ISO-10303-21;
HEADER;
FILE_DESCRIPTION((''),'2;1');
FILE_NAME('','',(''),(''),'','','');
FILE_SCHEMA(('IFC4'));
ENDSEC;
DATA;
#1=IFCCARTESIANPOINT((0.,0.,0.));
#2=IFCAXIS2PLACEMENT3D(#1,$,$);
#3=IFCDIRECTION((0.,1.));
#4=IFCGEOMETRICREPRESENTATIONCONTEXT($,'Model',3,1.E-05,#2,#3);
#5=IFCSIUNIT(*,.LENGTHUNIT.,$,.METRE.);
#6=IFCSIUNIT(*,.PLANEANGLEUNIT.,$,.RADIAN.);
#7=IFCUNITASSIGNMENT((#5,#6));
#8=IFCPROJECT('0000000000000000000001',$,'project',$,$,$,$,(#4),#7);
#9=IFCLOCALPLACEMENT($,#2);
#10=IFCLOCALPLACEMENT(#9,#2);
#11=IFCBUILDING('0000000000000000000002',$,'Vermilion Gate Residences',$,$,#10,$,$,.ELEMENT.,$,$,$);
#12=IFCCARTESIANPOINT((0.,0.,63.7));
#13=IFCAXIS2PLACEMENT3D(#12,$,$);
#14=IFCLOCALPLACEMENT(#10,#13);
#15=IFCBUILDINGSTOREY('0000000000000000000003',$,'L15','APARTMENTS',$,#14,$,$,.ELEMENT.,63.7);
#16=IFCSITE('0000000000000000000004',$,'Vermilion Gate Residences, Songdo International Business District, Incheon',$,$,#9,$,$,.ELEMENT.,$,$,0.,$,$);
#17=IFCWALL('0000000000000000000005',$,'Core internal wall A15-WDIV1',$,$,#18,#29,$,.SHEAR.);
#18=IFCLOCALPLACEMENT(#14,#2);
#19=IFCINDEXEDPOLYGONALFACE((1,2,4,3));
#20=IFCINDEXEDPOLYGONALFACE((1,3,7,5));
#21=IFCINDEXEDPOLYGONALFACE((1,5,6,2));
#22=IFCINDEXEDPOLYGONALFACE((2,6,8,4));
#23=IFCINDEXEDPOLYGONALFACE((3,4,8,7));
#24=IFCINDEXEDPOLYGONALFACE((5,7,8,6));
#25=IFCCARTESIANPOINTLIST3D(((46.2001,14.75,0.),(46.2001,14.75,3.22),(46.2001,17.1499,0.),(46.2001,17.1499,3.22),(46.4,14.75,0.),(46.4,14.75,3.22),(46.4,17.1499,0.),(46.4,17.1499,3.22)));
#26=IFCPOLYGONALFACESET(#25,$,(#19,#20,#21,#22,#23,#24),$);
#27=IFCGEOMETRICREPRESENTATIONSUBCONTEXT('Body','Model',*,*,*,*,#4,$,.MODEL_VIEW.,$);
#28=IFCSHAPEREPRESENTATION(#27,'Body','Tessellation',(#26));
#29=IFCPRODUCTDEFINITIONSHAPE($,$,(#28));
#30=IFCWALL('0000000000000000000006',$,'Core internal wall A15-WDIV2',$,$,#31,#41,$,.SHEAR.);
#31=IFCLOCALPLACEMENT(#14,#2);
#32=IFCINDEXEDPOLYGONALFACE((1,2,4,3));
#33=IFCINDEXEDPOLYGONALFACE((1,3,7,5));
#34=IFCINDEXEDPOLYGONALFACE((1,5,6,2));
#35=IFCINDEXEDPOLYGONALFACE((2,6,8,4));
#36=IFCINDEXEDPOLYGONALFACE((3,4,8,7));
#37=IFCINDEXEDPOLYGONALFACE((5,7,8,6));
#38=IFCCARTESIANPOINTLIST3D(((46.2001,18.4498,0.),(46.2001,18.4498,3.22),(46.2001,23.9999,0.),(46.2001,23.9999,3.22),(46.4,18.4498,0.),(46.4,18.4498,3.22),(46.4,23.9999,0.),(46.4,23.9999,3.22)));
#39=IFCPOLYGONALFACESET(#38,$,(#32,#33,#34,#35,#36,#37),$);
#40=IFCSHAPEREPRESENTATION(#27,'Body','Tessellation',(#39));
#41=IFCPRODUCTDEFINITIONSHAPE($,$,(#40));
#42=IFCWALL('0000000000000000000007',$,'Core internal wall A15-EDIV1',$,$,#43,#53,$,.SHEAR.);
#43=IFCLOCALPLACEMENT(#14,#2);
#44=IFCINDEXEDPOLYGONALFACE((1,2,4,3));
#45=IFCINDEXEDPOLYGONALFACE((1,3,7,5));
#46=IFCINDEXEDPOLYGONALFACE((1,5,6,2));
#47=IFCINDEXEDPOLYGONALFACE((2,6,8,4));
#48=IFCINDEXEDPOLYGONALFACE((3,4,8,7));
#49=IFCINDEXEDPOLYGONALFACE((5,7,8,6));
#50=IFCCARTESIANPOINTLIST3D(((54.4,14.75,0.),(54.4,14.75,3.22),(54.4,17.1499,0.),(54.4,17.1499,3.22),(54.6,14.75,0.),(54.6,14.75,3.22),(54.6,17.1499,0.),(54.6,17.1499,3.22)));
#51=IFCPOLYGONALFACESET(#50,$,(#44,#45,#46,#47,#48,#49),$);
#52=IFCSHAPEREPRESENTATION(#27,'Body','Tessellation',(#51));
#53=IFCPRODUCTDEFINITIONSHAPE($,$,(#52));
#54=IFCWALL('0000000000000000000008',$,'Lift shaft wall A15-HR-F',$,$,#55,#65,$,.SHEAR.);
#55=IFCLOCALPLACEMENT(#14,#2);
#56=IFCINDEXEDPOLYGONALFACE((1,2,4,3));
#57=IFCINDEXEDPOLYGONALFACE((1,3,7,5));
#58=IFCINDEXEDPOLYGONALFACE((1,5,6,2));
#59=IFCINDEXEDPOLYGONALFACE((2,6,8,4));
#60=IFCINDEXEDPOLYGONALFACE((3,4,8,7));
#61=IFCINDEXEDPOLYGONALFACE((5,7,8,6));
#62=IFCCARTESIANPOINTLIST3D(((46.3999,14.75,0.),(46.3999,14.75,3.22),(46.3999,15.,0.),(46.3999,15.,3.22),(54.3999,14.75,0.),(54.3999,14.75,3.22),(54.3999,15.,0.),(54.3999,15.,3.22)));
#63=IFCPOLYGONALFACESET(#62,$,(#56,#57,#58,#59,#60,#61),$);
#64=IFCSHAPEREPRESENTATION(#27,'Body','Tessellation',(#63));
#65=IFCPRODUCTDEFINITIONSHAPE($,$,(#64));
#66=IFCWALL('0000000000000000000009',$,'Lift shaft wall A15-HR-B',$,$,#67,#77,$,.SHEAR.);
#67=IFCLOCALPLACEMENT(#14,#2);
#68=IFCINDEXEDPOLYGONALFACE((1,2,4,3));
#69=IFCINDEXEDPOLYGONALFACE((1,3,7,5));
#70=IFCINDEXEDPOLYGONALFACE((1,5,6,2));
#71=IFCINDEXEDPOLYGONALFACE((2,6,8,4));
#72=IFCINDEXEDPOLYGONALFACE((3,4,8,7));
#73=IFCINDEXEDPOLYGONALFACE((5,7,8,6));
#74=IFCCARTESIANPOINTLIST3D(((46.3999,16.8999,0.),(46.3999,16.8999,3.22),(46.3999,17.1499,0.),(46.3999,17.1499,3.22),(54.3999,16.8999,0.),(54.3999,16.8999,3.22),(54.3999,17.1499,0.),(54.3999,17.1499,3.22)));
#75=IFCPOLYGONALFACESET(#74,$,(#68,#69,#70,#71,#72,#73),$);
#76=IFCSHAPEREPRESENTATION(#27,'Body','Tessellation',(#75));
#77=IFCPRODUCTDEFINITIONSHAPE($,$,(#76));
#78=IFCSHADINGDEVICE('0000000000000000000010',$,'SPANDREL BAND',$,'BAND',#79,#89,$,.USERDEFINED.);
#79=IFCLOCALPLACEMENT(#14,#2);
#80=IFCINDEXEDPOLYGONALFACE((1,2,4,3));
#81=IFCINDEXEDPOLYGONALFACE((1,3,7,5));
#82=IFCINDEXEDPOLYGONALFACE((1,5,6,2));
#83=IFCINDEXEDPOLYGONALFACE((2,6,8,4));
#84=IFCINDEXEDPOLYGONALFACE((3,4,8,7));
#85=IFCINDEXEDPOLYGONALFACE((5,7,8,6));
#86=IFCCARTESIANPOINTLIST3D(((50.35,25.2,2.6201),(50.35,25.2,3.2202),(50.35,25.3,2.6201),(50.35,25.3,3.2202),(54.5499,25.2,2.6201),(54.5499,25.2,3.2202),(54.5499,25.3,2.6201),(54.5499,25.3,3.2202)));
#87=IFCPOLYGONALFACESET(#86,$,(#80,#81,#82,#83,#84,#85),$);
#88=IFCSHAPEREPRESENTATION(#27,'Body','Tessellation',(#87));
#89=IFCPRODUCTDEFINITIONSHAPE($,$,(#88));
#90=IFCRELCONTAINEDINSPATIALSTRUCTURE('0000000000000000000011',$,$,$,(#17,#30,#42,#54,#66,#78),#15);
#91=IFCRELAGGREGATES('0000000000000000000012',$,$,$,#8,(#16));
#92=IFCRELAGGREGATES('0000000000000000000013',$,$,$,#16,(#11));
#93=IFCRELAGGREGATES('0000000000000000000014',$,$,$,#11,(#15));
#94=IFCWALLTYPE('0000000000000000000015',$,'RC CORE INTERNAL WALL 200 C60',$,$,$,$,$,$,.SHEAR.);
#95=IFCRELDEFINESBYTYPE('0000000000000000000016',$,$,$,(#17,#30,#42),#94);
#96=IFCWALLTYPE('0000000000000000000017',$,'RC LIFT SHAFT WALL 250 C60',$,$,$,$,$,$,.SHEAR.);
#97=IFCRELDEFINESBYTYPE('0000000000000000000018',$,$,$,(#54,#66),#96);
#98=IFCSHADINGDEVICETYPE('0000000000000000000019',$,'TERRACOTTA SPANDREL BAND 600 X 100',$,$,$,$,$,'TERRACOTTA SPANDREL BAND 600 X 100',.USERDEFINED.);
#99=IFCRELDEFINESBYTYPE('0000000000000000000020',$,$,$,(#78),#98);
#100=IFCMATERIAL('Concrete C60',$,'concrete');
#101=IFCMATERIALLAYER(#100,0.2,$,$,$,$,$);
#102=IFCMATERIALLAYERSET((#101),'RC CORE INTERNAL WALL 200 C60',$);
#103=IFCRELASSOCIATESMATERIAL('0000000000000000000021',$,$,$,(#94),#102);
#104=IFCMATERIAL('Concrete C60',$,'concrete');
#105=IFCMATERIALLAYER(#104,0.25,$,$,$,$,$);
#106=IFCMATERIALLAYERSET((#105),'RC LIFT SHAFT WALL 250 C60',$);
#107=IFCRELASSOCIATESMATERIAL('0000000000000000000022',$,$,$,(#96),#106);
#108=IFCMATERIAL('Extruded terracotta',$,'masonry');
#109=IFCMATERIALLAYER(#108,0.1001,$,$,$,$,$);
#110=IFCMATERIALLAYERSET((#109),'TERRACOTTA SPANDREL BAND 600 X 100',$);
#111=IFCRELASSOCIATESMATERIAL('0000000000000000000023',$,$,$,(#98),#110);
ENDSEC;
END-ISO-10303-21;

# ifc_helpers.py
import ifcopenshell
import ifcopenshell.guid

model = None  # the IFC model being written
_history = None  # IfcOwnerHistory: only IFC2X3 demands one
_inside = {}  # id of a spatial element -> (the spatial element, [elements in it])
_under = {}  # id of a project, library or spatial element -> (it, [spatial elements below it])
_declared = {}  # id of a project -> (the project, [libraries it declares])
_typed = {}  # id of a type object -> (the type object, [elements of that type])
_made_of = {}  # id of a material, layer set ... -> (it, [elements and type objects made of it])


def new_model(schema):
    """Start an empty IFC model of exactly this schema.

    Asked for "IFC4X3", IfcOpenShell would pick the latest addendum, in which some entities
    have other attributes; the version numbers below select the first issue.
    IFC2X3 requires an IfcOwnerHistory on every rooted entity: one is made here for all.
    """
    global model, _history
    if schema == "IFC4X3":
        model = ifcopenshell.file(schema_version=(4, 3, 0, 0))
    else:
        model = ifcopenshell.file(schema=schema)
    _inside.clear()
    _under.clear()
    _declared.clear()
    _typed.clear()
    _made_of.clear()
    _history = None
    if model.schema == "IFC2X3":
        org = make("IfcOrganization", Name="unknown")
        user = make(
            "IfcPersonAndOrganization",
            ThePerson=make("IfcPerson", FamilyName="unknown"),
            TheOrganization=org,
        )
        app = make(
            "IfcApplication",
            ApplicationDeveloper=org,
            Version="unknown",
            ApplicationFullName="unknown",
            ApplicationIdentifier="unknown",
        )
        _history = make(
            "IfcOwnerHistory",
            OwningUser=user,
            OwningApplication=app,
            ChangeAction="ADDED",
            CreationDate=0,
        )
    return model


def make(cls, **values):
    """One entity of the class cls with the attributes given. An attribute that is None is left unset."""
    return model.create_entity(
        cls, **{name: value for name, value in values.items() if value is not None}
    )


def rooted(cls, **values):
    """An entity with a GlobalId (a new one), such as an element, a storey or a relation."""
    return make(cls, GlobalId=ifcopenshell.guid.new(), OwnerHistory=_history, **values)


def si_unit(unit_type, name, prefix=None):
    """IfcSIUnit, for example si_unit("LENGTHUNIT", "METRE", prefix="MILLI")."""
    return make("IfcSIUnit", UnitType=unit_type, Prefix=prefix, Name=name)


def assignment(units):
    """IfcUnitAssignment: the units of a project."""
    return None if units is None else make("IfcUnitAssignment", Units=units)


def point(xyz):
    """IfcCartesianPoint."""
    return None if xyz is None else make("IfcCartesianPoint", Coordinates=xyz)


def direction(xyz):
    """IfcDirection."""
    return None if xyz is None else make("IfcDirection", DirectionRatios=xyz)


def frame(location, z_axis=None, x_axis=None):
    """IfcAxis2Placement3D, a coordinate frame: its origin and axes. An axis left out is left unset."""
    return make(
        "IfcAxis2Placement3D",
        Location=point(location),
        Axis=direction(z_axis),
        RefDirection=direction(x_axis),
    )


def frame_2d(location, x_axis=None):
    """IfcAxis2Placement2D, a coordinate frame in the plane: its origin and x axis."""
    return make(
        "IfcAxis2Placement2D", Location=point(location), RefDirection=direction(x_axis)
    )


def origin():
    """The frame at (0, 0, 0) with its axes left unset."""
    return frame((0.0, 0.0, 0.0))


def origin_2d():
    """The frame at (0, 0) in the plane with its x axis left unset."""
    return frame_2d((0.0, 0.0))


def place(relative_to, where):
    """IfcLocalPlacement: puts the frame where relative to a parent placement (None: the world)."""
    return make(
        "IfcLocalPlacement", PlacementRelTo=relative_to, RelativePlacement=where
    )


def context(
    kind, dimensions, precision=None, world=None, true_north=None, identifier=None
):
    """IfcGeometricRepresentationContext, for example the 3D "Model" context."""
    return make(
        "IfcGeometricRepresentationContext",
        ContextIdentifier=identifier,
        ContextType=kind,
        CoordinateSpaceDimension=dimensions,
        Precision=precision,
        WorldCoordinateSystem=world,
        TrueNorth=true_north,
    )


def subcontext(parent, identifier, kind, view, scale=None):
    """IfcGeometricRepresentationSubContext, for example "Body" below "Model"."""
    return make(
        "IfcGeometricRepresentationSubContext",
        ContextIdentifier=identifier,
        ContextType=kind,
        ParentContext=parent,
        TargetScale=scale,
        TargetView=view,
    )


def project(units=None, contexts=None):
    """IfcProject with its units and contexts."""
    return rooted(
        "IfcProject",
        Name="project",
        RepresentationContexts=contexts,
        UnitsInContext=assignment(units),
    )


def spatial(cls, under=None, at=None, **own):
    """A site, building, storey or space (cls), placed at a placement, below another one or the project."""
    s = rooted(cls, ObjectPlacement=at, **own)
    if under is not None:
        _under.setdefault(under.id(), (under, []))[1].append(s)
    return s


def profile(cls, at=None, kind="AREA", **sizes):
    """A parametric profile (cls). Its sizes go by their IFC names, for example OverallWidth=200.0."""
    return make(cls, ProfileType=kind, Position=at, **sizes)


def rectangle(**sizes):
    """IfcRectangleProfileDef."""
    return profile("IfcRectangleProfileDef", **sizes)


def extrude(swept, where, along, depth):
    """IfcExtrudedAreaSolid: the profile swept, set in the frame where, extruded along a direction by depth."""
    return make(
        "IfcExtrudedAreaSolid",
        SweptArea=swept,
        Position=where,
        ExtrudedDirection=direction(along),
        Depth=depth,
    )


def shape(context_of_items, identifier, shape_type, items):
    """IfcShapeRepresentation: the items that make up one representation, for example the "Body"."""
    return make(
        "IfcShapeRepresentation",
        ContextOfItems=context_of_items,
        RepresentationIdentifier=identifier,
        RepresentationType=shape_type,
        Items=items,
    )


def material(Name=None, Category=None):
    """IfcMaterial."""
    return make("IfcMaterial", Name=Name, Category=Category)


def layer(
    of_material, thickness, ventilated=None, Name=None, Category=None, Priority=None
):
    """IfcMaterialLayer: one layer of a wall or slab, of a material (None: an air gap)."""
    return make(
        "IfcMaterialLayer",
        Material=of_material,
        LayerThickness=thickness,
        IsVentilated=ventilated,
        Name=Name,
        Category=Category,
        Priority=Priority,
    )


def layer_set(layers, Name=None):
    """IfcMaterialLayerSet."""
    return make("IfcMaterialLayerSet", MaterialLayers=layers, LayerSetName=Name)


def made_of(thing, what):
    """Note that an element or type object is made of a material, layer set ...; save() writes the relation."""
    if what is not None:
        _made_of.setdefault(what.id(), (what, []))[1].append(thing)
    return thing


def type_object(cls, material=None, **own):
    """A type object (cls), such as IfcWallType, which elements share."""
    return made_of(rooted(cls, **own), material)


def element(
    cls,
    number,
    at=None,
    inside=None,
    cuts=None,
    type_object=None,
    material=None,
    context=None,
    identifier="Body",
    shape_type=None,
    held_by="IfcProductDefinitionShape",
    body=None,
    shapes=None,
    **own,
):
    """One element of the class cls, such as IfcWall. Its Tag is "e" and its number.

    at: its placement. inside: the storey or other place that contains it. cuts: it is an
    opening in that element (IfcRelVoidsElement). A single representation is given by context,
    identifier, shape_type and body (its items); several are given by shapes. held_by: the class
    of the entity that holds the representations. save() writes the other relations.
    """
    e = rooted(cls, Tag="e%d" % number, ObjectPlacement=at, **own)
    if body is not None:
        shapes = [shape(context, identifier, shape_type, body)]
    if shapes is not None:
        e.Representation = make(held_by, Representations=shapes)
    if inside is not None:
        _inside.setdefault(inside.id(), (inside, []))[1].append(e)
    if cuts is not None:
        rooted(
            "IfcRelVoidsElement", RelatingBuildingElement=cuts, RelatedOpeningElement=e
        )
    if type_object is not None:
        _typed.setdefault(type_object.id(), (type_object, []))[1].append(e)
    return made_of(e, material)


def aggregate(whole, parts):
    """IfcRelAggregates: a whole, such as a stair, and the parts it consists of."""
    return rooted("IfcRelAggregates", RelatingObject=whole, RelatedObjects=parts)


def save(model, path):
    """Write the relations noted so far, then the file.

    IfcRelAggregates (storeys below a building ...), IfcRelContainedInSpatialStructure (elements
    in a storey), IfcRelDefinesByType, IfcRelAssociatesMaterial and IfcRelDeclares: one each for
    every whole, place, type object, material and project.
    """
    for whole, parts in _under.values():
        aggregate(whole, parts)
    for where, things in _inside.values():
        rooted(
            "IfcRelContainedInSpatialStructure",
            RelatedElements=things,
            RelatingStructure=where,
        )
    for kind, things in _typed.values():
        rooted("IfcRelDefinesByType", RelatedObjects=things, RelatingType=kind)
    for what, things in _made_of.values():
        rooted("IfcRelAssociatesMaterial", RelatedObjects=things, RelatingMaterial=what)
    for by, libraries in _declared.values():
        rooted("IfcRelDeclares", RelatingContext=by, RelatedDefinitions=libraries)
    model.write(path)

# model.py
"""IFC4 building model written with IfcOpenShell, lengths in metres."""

from ifc_helpers import new_model, si_unit, direction, frame, frame_2d, origin, origin_2d, place, context, subcontext, project, spatial, rectangle, extrude, material, layer, layer_set, type_object, element, save


model = new_model("IFC4")

# Units and contexts
model_context = context("Model", 3, precision=1e-05, world=origin(), true_north=direction((0.0, 1.0)))
body_context = subcontext(model_context, "Body", "Model", "MODEL_VIEW")
ifc_project = project(units=[si_unit("LENGTHUNIT", "METRE"), si_unit("PLANEANGLEUNIT", "RADIAN")], contexts=[model_context])

# Site, building, storey
site_placement = place(None, origin())
site = spatial("IfcSite", under=ifc_project, at=site_placement, Name="Vermilion Gate Residences, Songdo International Business District, Incheon", CompositionType="ELEMENT", RefElevation=0.0)
building_placement = place(site_placement, origin())
building = spatial("IfcBuilding", under=site, at=building_placement, Name="Vermilion Gate Residences", CompositionType="ELEMENT")
storey_placement = place(building_placement, frame((0.0, 0.0, 63.7)))
storey = spatial("IfcBuildingStorey", under=building, at=storey_placement, Name="L15", Description="APARTMENTS", CompositionType="ELEMENT", Elevation=63.7)

# Shared definitions
ifc_material_1 = material(Name="Concrete C60", Category="concrete")
ifc_layer_1 = layer(ifc_material_1, 0.2)
ifc_layer_set_1 = layer_set([ifc_layer_1], Name="RC CORE INTERNAL WALL 200 C60")
wall_type_1 = type_object("IfcWallType", Name="RC CORE INTERNAL WALL 200 C60", PredefinedType="SHEAR", material=ifc_layer_set_1)

# Walls
wall_1_placement = place(storey_placement, frame((46.3, 14.75, 0.0), z_axis=(0.0, 0.0, 1.0), x_axis=(0.0, 1.0, 0.0)))
element("IfcWall", 1, at=wall_1_placement, inside=storey, type_object=wall_type_1, Name="Core internal wall A15-WDIV1", PredefinedType="SHEAR", context=body_context, shape_type="SweptSolid", body=[
    extrude(rectangle(XDim=2.3999, YDim=0.2, at=frame_2d((1.2, 0.0))), origin(), (0.0, 0.0, 1.0), 3.22),
])
wall_2_placement = place(storey_placement, frame((46.3, 18.45, 0.0), z_axis=(0.0, 0.0, 1.0), x_axis=(0.0, 1.0, 0.0)))
element("IfcWall", 2, at=wall_2_placement, inside=storey, type_object=wall_type_1, Name="Core internal wall A15-WDIV2", PredefinedType="SHEAR", context=body_context, shape_type="SweptSolid", body=[
    extrude(rectangle(XDim=5.55, YDim=0.2, at=frame_2d((2.7749, 0.0))), origin(), (0.0, 0.0, 1.0), 3.22),
])
wall_3_placement = place(storey_placement, frame((54.5, 14.75, 0.0), z_axis=(0.0, 0.0, 1.0), x_axis=(0.0, 1.0, 0.0)))
element("IfcWall", 3, at=wall_3_placement, inside=storey, type_object=wall_type_1, Name="Core internal wall A15-EDIV1", PredefinedType="SHEAR", context=body_context, shape_type="SweptSolid", body=[
    extrude(rectangle(XDim=2.3999, YDim=0.2, at=frame_2d((1.2, 0.0))), origin(), (0.0, 0.0, 1.0), 3.22),
])
ifc_material_2 = material(Name="Concrete C60", Category="concrete")
ifc_layer_2 = layer(ifc_material_2, 0.25)
ifc_layer_set_2 = layer_set([ifc_layer_2], Name="RC LIFT SHAFT WALL 250 C60")
wall_type_2 = type_object("IfcWallType", Name="RC LIFT SHAFT WALL 250 C60", PredefinedType="SHEAR", material=ifc_layer_set_2)
for number, where, z_axis, x_axis, name in (
    (4, (46.3999, 14.875, 0.0), (0.0, 0.0, 1.0), (1.0, 0.0, 0.0), "Lift shaft wall A15-HR-F"),
    (5, (46.3999, 17.0249, 0.0), (0.0, 0.0, 1.0), (1.0, 0.0, 0.0), "Lift shaft wall A15-HR-B"),
):
    element("IfcWall", number, at=place(storey_placement, frame(where, z_axis=z_axis, x_axis=x_axis)), inside=storey, type_object=wall_type_2, Name=name, PredefinedType="SHEAR", context=body_context, shape_type="SweptSolid", body=[
        extrude(rectangle(XDim=8.0, YDim=0.25, at=frame_2d((4.0, 0.0))), origin(), (0.0, 0.0, 1.0), 3.22),
    ])

# Shading device
ifc_material_3 = material(Name="Extruded terracotta", Category="masonry")
ifc_layer_3 = layer(ifc_material_3, 0.1001)
ifc_layer_set_3 = layer_set([ifc_layer_3], Name="TERRACOTTA SPANDREL BAND 600 X 100")
shading_device_type = type_object("IfcShadingDeviceType", Name="TERRACOTTA SPANDREL BAND 600 X 100", ElementType="TERRACOTTA SPANDREL BAND 600 X 100", PredefinedType="USERDEFINED", material=ifc_layer_set_3)
shading_device_placement = place(storey_placement, frame((52.45, 25.25, 2.6201), z_axis=(0.0, 0.0, 1.0), x_axis=(1.0, 0.0, 0.0)))
element("IfcShadingDevice", 6, at=shading_device_placement, inside=storey, type_object=shading_device_type, Name="SPANDREL BAND", ObjectType="BAND", PredefinedType="USERDEFINED", context=body_context, shape_type="SweptSolid", body=[
    extrude(rectangle(XDim=4.2, YDim=0.1001, at=origin_2d()), origin(), (0.0, 0.0, 1.0), 0.6001),
])

save(model, "model.ifc")
